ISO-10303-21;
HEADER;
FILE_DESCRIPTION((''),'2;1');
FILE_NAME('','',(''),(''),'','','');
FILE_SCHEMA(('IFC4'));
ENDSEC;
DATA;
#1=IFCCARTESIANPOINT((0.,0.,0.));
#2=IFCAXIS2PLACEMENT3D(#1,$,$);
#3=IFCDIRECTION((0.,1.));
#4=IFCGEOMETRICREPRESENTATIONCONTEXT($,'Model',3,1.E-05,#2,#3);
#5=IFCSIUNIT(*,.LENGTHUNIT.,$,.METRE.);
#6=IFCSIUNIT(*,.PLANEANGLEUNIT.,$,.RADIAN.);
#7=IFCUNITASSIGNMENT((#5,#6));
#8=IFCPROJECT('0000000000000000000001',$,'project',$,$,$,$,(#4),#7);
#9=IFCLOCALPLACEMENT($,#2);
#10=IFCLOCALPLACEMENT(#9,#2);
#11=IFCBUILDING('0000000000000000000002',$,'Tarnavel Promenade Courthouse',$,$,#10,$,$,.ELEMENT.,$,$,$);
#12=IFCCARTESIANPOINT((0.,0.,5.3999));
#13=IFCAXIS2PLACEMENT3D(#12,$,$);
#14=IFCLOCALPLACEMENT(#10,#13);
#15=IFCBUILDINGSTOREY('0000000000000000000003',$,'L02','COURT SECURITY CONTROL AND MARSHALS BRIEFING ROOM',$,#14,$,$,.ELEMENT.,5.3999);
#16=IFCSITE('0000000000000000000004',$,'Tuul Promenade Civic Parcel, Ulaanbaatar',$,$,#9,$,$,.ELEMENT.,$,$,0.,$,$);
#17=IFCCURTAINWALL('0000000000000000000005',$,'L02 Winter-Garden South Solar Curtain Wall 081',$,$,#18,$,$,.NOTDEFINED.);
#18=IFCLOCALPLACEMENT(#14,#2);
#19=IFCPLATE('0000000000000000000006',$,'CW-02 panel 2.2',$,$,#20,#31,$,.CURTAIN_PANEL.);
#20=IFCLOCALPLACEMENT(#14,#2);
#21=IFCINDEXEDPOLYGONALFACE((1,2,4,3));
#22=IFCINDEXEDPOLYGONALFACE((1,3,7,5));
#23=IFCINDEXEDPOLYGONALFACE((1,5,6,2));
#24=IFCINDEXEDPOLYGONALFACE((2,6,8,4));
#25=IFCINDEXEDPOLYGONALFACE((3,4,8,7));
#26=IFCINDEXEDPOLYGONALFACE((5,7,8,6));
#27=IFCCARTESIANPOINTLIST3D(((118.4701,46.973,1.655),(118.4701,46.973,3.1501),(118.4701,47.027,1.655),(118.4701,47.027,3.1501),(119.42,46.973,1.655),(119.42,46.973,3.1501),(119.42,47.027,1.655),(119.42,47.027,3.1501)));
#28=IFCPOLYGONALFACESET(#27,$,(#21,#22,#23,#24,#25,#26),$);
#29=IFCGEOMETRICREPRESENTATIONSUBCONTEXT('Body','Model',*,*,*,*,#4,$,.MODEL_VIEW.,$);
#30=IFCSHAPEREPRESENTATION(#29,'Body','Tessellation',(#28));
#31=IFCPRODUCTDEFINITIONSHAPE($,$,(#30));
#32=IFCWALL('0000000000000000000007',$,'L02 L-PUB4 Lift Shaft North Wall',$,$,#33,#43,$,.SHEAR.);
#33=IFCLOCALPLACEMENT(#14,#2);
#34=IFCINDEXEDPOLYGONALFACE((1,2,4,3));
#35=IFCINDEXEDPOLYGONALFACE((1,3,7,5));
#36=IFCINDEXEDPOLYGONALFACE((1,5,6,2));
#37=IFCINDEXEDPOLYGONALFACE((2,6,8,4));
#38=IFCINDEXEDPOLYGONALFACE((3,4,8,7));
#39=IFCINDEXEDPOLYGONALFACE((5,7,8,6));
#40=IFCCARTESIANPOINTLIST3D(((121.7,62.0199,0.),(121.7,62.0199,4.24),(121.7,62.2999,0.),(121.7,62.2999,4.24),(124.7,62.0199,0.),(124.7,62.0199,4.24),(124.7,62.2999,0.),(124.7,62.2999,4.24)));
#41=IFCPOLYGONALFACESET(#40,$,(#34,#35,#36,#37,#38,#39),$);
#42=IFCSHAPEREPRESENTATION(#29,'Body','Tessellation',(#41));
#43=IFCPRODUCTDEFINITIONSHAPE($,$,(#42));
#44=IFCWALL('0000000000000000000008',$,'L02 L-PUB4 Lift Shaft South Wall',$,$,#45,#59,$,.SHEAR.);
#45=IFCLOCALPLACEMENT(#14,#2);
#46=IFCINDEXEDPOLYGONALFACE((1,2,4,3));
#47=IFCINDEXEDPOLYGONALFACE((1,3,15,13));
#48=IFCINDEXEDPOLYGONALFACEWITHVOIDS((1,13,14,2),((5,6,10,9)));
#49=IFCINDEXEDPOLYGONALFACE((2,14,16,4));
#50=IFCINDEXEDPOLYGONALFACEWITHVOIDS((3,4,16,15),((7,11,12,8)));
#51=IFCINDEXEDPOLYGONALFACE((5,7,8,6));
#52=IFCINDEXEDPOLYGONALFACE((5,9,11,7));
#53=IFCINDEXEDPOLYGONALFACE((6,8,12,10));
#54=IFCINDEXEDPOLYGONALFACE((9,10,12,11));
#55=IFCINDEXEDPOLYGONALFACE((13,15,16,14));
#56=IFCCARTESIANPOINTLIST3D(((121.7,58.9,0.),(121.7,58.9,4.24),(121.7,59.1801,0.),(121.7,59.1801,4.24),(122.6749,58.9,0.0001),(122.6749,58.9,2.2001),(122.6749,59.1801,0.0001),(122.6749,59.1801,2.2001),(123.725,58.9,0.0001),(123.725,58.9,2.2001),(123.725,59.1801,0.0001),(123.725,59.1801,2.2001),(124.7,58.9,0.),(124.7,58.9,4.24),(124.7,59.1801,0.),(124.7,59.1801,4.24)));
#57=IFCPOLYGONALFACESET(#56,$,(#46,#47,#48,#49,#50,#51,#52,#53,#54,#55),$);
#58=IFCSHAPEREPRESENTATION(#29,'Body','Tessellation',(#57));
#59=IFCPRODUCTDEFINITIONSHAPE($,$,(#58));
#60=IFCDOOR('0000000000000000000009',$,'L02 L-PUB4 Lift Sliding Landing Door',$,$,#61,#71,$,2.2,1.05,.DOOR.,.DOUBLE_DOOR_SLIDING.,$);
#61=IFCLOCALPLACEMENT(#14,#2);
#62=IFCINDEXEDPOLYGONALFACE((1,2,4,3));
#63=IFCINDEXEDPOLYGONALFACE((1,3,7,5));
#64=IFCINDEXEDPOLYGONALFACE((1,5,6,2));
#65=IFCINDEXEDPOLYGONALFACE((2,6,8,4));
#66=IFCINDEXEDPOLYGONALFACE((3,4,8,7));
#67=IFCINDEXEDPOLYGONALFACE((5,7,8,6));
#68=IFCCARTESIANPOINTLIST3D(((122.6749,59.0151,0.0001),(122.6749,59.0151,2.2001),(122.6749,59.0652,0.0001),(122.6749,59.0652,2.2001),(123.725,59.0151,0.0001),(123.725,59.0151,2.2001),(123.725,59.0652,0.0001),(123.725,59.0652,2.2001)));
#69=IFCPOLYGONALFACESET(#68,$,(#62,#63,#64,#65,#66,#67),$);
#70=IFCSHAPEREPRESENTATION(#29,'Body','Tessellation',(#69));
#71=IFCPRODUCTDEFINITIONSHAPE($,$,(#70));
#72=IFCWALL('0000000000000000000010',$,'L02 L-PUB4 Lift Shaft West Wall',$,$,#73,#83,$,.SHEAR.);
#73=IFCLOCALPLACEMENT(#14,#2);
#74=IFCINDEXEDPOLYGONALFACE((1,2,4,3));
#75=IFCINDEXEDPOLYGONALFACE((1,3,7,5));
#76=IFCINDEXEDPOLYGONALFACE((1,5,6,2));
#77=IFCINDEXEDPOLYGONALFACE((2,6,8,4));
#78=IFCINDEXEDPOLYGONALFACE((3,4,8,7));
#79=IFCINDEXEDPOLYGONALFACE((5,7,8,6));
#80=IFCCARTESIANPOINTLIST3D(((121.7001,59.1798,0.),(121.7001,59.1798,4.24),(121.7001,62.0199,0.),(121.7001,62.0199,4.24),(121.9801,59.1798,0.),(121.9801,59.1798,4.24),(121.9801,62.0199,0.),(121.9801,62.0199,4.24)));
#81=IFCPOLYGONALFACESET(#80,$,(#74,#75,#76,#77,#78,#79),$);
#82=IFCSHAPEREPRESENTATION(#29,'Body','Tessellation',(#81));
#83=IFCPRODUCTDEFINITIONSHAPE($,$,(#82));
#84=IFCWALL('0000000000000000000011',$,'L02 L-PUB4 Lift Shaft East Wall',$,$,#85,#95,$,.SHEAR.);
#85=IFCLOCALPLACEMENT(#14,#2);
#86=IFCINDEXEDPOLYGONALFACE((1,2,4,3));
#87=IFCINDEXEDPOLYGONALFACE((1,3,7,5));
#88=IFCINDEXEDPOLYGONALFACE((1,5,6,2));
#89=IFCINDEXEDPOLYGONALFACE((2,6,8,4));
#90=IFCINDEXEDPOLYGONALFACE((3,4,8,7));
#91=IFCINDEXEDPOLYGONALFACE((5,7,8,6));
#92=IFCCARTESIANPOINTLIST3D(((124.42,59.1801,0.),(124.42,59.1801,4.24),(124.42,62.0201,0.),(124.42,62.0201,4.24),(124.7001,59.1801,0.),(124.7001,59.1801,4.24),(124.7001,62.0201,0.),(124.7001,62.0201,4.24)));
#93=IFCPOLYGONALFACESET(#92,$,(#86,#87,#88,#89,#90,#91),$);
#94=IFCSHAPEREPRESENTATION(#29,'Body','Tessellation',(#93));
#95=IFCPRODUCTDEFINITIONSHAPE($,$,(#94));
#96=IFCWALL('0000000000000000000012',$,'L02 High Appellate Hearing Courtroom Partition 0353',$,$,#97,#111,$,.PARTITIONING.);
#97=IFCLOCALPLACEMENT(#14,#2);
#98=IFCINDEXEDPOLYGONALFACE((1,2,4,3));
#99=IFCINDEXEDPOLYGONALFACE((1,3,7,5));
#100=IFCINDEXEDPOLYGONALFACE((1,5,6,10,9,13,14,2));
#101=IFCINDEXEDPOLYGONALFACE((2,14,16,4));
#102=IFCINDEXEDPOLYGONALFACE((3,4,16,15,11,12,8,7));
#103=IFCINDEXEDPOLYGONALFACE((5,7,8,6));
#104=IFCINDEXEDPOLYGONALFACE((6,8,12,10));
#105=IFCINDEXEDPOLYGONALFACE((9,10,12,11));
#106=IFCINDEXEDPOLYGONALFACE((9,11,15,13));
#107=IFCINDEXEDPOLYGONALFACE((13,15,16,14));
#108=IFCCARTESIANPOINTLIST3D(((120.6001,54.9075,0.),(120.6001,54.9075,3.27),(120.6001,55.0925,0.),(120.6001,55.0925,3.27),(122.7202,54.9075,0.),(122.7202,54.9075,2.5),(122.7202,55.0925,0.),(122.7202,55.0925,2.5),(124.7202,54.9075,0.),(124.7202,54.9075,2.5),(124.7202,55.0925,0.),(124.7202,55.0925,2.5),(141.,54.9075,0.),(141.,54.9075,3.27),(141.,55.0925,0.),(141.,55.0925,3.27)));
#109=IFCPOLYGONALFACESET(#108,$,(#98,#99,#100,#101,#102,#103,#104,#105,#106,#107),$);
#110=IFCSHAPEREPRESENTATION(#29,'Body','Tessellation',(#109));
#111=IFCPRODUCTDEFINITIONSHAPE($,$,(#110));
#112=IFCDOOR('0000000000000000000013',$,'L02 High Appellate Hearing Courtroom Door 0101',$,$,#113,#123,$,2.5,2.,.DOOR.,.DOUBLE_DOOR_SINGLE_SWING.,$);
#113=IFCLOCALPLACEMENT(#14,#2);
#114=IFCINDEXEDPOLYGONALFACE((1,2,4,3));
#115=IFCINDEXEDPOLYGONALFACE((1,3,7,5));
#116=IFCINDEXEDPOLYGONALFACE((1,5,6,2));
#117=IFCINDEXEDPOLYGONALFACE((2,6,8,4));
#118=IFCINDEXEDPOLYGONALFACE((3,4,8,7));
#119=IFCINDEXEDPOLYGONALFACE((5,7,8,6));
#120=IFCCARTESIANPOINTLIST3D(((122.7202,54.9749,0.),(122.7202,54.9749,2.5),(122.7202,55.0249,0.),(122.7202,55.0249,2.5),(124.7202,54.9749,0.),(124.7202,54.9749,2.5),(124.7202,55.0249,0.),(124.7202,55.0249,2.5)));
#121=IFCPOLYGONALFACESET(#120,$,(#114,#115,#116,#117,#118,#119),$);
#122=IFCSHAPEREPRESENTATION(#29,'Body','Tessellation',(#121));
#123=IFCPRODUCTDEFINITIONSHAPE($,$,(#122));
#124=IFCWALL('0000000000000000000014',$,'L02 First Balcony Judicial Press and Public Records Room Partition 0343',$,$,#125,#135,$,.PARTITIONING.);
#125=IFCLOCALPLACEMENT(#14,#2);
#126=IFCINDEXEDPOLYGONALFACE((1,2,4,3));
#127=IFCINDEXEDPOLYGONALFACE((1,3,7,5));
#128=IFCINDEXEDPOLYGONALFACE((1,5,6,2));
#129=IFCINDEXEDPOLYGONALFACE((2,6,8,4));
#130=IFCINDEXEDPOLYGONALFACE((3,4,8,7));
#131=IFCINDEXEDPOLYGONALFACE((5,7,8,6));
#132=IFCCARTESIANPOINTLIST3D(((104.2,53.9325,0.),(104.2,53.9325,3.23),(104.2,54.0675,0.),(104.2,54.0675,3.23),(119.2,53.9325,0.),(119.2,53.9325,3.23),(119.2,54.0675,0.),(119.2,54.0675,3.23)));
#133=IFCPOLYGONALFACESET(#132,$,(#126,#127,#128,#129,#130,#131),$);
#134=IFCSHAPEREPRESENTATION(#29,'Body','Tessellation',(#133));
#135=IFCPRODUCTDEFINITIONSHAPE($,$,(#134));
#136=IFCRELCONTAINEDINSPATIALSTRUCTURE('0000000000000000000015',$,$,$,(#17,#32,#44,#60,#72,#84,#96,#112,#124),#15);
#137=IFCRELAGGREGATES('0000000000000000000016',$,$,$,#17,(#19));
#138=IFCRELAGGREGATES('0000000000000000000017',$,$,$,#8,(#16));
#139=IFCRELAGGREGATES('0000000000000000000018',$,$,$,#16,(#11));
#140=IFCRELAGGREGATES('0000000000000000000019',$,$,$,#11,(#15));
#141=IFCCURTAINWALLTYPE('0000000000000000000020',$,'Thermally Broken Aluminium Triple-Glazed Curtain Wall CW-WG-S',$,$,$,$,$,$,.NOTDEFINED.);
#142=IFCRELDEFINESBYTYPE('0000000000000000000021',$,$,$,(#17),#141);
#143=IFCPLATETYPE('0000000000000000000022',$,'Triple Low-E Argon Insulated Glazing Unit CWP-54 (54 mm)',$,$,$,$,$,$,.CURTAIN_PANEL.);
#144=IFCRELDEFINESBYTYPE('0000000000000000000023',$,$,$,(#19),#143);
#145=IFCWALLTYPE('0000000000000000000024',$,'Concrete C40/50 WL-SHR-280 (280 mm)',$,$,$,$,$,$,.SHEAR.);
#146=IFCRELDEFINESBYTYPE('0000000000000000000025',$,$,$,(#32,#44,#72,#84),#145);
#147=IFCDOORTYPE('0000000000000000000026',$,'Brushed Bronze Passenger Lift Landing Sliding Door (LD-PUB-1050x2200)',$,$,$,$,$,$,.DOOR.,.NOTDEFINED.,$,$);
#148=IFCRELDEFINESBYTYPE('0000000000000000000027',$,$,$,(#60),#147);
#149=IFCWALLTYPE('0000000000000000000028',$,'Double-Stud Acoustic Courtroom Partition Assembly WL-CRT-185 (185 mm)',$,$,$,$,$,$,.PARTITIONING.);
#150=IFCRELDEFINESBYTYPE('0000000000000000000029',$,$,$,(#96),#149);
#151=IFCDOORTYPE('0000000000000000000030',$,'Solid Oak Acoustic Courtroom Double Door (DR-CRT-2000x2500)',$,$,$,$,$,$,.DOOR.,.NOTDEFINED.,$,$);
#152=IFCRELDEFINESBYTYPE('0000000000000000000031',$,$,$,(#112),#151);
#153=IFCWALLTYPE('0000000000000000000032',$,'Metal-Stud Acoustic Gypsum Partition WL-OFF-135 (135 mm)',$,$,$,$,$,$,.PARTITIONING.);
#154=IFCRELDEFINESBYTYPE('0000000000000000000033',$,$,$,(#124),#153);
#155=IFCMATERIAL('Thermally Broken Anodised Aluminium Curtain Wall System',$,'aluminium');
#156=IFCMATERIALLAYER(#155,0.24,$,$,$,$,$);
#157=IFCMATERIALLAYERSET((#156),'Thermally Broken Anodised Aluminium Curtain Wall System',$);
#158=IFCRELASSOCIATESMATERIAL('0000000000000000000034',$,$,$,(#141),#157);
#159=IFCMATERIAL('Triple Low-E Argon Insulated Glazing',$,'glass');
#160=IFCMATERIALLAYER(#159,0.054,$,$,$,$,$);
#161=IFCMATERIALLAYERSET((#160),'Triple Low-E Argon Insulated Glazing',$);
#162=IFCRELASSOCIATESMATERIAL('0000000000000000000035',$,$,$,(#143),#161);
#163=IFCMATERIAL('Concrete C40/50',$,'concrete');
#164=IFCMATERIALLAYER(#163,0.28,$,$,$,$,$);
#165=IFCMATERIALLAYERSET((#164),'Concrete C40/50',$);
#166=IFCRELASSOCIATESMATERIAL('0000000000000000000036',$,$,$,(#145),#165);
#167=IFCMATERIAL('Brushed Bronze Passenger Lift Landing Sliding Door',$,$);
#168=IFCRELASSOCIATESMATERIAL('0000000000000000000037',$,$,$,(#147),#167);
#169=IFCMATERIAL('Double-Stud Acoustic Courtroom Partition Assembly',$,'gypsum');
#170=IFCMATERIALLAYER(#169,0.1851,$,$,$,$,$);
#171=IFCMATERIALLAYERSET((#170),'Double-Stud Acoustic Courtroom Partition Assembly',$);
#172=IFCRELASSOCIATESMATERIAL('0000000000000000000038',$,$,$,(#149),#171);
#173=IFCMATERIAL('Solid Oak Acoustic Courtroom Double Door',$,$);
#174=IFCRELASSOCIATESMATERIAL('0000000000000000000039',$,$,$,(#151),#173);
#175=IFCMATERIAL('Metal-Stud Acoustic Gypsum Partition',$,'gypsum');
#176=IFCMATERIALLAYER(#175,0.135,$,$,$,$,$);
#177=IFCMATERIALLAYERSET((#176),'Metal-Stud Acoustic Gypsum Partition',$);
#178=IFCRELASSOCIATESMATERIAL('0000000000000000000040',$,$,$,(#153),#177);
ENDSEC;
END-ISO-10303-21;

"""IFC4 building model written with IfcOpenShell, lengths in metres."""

from ifc_helpers import new_model, si_unit, direction, frame, frame_2d, origin, origin_2d, place, context, subcontext, project, spatial, rectangle, extrude, material, layer, layer_set, type_object, element, fill, aggregate, save


model = new_model("IFC4")

# Units and contexts
model_context = context("Model", 3, precision=1e-05, world=origin(), true_north=direction((0.0, 1.0)))
body_context = subcontext(model_context, "Body", "Model", "MODEL_VIEW")
ifc_project = project(units=[si_unit("LENGTHUNIT", "METRE"), si_unit("PLANEANGLEUNIT", "RADIAN")], contexts=[model_context])

# Site, building, storey
site_placement = place(None, origin())
site = spatial("IfcSite", under=ifc_project, at=site_placement, Name="Tuul Promenade Civic Parcel, Ulaanbaatar", CompositionType="ELEMENT", RefElevation=0.0)
building_placement = place(site_placement, origin())
building = spatial("IfcBuilding", under=site, at=building_placement, Name="Tarnavel Promenade Courthouse", CompositionType="ELEMENT")
storey_placement = place(building_placement, frame((0.0, 0.0, 5.3999)))
storey = spatial("IfcBuildingStorey", under=building, at=storey_placement, Name="L02", Description="COURT SECURITY CONTROL AND MARSHALS BRIEFING ROOM", CompositionType="ELEMENT", Elevation=5.3999)

# Shared definitions
ifc_material_1 = material(Name="Concrete C40/50", Category="concrete")

# Curtain wall, plate
ifc_material_2 = material(Name="Thermally Broken Anodised Aluminium Curtain Wall System", Category="aluminium")
ifc_layer_1 = layer(ifc_material_2, 0.24)
ifc_layer_set_1 = layer_set([ifc_layer_1], Name="Thermally Broken Anodised Aluminium Curtain Wall System")
curtain_wall_type = type_object("IfcCurtainWallType", Name="Thermally Broken Aluminium Triple-Glazed Curtain Wall CW-WG-S", PredefinedType="NOTDEFINED", material=ifc_layer_set_1)
curtain_wall_placement = place(storey_placement, origin())
curtain_wall = element("IfcCurtainWall", 1, at=curtain_wall_placement, inside=storey, type_object=curtain_wall_type, Name="L02 Winter-Garden South Solar Curtain Wall 081", PredefinedType="NOTDEFINED")
ifc_material_3 = material(Name="Triple Low-E Argon Insulated Glazing", Category="glass")
ifc_layer_2 = layer(ifc_material_3, 0.054)
ifc_layer_set_2 = layer_set([ifc_layer_2], Name="Triple Low-E Argon Insulated Glazing")
plate_type = type_object("IfcPlateType", Name="Triple Low-E Argon Insulated Glazing Unit CWP-54 (54 mm)", PredefinedType="CURTAIN_PANEL", material=ifc_layer_set_2)
plate_1_placement = place(storey_placement, frame((118.9451, 47.0, 1.655), z_axis=(0.0, 0.0, 1.0), x_axis=(1.0, 0.0, 0.0)))
plate_1 = element("IfcPlate", 2, at=plate_1_placement, type_object=plate_type, Name="CW-02 panel 2.2", PredefinedType="CURTAIN_PANEL", context=body_context, shape_type="SweptSolid", body=[
    extrude(rectangle(XDim=0.95, YDim=0.054, at=origin_2d()), origin(), (0.0, 0.0, 1.0), 1.4951),
])
aggregate(curtain_wall, [plate_1])

# Wall
ifc_layer_3 = layer(ifc_material_1, 0.28)
ifc_layer_set_3 = layer_set([ifc_layer_3], Name="Concrete C40/50")
wall_type_1 = type_object("IfcWallType", Name="Concrete C40/50 WL-SHR-280 (280 mm)", PredefinedType="SHEAR", material=ifc_layer_set_3)
wall_1_placement = place(storey_placement, frame((121.7, 62.1599, 0.0), z_axis=(0.0, 0.0, 1.0), x_axis=(1.0, 0.0, 0.0)))
element("IfcWall", 3, at=wall_1_placement, inside=storey, type_object=wall_type_1, Name="L02 L-PUB4 Lift Shaft North Wall", PredefinedType="SHEAR", context=body_context, shape_type="SweptSolid", body=[
    extrude(rectangle(XDim=3.0, YDim=0.28, at=frame_2d((1.5, 0.0))), origin(), (0.0, 0.0, 1.0), 4.24),
])

# Wall, opening, door
wall_2_placement = place(storey_placement, frame((124.7, 59.04, 0.0), z_axis=(0.0, 0.0, 1.0), x_axis=(-1.0, 0.0, 0.0)))
wall_2 = element("IfcWall", 4, at=wall_2_placement, inside=storey, type_object=wall_type_1, Name="L02 L-PUB4 Lift Shaft South Wall", PredefinedType="SHEAR", context=body_context, shape_type="SweptSolid", body=[
    extrude(rectangle(XDim=3.0, YDim=0.28, at=frame_2d((1.5, 0.0))), origin(), (0.0, 0.0, 1.0), 4.24),
])
opening_1_placement = place(wall_2_placement, frame((0.9751, 0.0, 0.0)))
opening_1 = element("IfcOpeningElement", 5, at=opening_1_placement, cuts=wall_2, PredefinedType="OPENING", context=body_context, shape_type="SweptSolid", body=[
    extrude(rectangle(XDim=1.05, YDim=2.2, at=frame_2d((0.5249, 1.1001))), frame((0.0, 0.1499, 0.0), z_axis=(0.0, -1.0, 0.0), x_axis=(1.0, 0.0, 0.0)), (0.0, 0.0, 1.0), 0.3),
])
ifc_material_4 = material(Name="Brushed Bronze Passenger Lift Landing Sliding Door")
door_type_1 = type_object("IfcDoorType", Name="Brushed Bronze Passenger Lift Landing Sliding Door (LD-PUB-1050x2200)", OperationType="NOTDEFINED", PredefinedType="DOOR", material=ifc_material_4)
door_1_placement = place(opening_1_placement, origin())
door_1 = element("IfcDoor", 6, at=door_1_placement, inside=storey, type_object=door_type_1, Name="L02 L-PUB4 Lift Sliding Landing Door", OperationType="DOUBLE_DOOR_SLIDING", OverallHeight=2.2, OverallWidth=1.05, PredefinedType="DOOR", context=body_context, shape_type="SweptSolid", body=[
    extrude(rectangle(XDim=1.05, YDim=2.2, at=frame_2d((0.5249, 1.1001))), frame((0.0, 0.0249, 0.0), z_axis=(0.0, -1.0, 0.0), x_axis=(1.0, 0.0, 0.0)), (0.0, 0.0, 1.0), 0.05),
])
fill(opening_1, door_1)

# Walls
for number, where, z_axis, x_axis, name in (
    (7, (121.8401, 59.1799, 0.0), (0.0, 0.0, 1.0), (0.0, 1.0, 0.0), "L02 L-PUB4 Lift Shaft West Wall"),
    (8, (124.5601, 62.02, 0.0), (0.0, 0.0, 1.0), (0.0, -1.0, 0.0), "L02 L-PUB4 Lift Shaft East Wall"),
):
    element("IfcWall", number, at=place(storey_placement, frame(where, z_axis=z_axis, x_axis=x_axis)), inside=storey, type_object=wall_type_1, Name=name, PredefinedType="SHEAR", context=body_context, shape_type="SweptSolid", body=[
        extrude(rectangle(XDim=2.8401, YDim=0.28, at=frame_2d((1.4199, 0.0))), origin(), (0.0, 0.0, 1.0), 4.24),
    ])

# Wall, opening, door
ifc_material_5 = material(Name="Double-Stud Acoustic Courtroom Partition Assembly", Category="gypsum")
ifc_layer_4 = layer(ifc_material_5, 0.1851)
ifc_layer_set_4 = layer_set([ifc_layer_4], Name="Double-Stud Acoustic Courtroom Partition Assembly")
wall_type_2 = type_object("IfcWallType", Name="Double-Stud Acoustic Courtroom Partition Assembly WL-CRT-185 (185 mm)", PredefinedType="PARTITIONING", material=ifc_layer_set_4)
wall_3_placement = place(storey_placement, frame((120.6001, 55.0, 0.0), z_axis=(0.0, 0.0, 1.0), x_axis=(1.0, 0.0, 0.0)))
wall_3 = element("IfcWall", 9, at=wall_3_placement, inside=storey, type_object=wall_type_2, Name="L02 High Appellate Hearing Courtroom Partition 0353", PredefinedType="PARTITIONING", context=body_context, shape_type="SweptSolid", body=[
    extrude(rectangle(XDim=20.3999, YDim=0.1851, at=frame_2d((10.2, 0.0))), origin(), (0.0, 0.0, 1.0), 3.27),
])
opening_2_placement = place(wall_3_placement, frame((2.1201, 0.0, 0.0)))
opening_2 = element("IfcOpeningElement", 10, at=opening_2_placement, cuts=wall_3, PredefinedType="OPENING", context=body_context, shape_type="SweptSolid", body=[
    extrude(rectangle(XDim=2.0, YDim=2.5, at=frame_2d((1.0, 1.25))), frame((0.0, 0.1025, 0.0), z_axis=(0.0, -1.0, 0.0), x_axis=(1.0, 0.0, 0.0)), (0.0, 0.0, 1.0), 0.2051),
])
ifc_material_6 = material(Name="Solid Oak Acoustic Courtroom Double Door")
door_type_2 = type_object("IfcDoorType", Name="Solid Oak Acoustic Courtroom Double Door (DR-CRT-2000x2500)", OperationType="NOTDEFINED", PredefinedType="DOOR", material=ifc_material_6)
door_2_placement = place(opening_2_placement, origin())
door_2 = element("IfcDoor", 11, at=door_2_placement, inside=storey, type_object=door_type_2, Name="L02 High Appellate Hearing Courtroom Door 0101", OperationType="DOUBLE_DOOR_SINGLE_SWING", OverallHeight=2.5, OverallWidth=2.0, PredefinedType="DOOR", context=body_context, shape_type="SweptSolid", body=[
    extrude(rectangle(XDim=2.0, YDim=2.5, at=frame_2d((1.0, 1.25))), frame((0.0, 0.0249, 0.0), z_axis=(0.0, -1.0, 0.0), x_axis=(1.0, 0.0, 0.0)), (0.0, 0.0, 1.0), 0.05),
])
fill(opening_2, door_2)

# Wall
ifc_material_7 = material(Name="Metal-Stud Acoustic Gypsum Partition", Category="gypsum")
ifc_layer_5 = layer(ifc_material_7, 0.135)
ifc_layer_set_5 = layer_set([ifc_layer_5], Name="Metal-Stud Acoustic Gypsum Partition")
wall_type_3 = type_object("IfcWallType", Name="Metal-Stud Acoustic Gypsum Partition WL-OFF-135 (135 mm)", PredefinedType="PARTITIONING", material=ifc_layer_set_5)
wall_4_placement = place(storey_placement, frame((119.2, 54.0, 0.0), z_axis=(0.0, 0.0, 1.0), x_axis=(-1.0, 0.0, 0.0)))
element("IfcWall", 12, at=wall_4_placement, inside=storey, type_object=wall_type_3, Name="L02 First Balcony Judicial Press and Public Records Room Partition 0343", PredefinedType="PARTITIONING", context=body_context, shape_type="SweptSolid", body=[
    extrude(rectangle(XDim=15.0, YDim=0.135, at=frame_2d((7.5, 0.0))), origin(), (0.0, 0.0, 1.0), 3.23),
])

save(model, "model.ifc")
